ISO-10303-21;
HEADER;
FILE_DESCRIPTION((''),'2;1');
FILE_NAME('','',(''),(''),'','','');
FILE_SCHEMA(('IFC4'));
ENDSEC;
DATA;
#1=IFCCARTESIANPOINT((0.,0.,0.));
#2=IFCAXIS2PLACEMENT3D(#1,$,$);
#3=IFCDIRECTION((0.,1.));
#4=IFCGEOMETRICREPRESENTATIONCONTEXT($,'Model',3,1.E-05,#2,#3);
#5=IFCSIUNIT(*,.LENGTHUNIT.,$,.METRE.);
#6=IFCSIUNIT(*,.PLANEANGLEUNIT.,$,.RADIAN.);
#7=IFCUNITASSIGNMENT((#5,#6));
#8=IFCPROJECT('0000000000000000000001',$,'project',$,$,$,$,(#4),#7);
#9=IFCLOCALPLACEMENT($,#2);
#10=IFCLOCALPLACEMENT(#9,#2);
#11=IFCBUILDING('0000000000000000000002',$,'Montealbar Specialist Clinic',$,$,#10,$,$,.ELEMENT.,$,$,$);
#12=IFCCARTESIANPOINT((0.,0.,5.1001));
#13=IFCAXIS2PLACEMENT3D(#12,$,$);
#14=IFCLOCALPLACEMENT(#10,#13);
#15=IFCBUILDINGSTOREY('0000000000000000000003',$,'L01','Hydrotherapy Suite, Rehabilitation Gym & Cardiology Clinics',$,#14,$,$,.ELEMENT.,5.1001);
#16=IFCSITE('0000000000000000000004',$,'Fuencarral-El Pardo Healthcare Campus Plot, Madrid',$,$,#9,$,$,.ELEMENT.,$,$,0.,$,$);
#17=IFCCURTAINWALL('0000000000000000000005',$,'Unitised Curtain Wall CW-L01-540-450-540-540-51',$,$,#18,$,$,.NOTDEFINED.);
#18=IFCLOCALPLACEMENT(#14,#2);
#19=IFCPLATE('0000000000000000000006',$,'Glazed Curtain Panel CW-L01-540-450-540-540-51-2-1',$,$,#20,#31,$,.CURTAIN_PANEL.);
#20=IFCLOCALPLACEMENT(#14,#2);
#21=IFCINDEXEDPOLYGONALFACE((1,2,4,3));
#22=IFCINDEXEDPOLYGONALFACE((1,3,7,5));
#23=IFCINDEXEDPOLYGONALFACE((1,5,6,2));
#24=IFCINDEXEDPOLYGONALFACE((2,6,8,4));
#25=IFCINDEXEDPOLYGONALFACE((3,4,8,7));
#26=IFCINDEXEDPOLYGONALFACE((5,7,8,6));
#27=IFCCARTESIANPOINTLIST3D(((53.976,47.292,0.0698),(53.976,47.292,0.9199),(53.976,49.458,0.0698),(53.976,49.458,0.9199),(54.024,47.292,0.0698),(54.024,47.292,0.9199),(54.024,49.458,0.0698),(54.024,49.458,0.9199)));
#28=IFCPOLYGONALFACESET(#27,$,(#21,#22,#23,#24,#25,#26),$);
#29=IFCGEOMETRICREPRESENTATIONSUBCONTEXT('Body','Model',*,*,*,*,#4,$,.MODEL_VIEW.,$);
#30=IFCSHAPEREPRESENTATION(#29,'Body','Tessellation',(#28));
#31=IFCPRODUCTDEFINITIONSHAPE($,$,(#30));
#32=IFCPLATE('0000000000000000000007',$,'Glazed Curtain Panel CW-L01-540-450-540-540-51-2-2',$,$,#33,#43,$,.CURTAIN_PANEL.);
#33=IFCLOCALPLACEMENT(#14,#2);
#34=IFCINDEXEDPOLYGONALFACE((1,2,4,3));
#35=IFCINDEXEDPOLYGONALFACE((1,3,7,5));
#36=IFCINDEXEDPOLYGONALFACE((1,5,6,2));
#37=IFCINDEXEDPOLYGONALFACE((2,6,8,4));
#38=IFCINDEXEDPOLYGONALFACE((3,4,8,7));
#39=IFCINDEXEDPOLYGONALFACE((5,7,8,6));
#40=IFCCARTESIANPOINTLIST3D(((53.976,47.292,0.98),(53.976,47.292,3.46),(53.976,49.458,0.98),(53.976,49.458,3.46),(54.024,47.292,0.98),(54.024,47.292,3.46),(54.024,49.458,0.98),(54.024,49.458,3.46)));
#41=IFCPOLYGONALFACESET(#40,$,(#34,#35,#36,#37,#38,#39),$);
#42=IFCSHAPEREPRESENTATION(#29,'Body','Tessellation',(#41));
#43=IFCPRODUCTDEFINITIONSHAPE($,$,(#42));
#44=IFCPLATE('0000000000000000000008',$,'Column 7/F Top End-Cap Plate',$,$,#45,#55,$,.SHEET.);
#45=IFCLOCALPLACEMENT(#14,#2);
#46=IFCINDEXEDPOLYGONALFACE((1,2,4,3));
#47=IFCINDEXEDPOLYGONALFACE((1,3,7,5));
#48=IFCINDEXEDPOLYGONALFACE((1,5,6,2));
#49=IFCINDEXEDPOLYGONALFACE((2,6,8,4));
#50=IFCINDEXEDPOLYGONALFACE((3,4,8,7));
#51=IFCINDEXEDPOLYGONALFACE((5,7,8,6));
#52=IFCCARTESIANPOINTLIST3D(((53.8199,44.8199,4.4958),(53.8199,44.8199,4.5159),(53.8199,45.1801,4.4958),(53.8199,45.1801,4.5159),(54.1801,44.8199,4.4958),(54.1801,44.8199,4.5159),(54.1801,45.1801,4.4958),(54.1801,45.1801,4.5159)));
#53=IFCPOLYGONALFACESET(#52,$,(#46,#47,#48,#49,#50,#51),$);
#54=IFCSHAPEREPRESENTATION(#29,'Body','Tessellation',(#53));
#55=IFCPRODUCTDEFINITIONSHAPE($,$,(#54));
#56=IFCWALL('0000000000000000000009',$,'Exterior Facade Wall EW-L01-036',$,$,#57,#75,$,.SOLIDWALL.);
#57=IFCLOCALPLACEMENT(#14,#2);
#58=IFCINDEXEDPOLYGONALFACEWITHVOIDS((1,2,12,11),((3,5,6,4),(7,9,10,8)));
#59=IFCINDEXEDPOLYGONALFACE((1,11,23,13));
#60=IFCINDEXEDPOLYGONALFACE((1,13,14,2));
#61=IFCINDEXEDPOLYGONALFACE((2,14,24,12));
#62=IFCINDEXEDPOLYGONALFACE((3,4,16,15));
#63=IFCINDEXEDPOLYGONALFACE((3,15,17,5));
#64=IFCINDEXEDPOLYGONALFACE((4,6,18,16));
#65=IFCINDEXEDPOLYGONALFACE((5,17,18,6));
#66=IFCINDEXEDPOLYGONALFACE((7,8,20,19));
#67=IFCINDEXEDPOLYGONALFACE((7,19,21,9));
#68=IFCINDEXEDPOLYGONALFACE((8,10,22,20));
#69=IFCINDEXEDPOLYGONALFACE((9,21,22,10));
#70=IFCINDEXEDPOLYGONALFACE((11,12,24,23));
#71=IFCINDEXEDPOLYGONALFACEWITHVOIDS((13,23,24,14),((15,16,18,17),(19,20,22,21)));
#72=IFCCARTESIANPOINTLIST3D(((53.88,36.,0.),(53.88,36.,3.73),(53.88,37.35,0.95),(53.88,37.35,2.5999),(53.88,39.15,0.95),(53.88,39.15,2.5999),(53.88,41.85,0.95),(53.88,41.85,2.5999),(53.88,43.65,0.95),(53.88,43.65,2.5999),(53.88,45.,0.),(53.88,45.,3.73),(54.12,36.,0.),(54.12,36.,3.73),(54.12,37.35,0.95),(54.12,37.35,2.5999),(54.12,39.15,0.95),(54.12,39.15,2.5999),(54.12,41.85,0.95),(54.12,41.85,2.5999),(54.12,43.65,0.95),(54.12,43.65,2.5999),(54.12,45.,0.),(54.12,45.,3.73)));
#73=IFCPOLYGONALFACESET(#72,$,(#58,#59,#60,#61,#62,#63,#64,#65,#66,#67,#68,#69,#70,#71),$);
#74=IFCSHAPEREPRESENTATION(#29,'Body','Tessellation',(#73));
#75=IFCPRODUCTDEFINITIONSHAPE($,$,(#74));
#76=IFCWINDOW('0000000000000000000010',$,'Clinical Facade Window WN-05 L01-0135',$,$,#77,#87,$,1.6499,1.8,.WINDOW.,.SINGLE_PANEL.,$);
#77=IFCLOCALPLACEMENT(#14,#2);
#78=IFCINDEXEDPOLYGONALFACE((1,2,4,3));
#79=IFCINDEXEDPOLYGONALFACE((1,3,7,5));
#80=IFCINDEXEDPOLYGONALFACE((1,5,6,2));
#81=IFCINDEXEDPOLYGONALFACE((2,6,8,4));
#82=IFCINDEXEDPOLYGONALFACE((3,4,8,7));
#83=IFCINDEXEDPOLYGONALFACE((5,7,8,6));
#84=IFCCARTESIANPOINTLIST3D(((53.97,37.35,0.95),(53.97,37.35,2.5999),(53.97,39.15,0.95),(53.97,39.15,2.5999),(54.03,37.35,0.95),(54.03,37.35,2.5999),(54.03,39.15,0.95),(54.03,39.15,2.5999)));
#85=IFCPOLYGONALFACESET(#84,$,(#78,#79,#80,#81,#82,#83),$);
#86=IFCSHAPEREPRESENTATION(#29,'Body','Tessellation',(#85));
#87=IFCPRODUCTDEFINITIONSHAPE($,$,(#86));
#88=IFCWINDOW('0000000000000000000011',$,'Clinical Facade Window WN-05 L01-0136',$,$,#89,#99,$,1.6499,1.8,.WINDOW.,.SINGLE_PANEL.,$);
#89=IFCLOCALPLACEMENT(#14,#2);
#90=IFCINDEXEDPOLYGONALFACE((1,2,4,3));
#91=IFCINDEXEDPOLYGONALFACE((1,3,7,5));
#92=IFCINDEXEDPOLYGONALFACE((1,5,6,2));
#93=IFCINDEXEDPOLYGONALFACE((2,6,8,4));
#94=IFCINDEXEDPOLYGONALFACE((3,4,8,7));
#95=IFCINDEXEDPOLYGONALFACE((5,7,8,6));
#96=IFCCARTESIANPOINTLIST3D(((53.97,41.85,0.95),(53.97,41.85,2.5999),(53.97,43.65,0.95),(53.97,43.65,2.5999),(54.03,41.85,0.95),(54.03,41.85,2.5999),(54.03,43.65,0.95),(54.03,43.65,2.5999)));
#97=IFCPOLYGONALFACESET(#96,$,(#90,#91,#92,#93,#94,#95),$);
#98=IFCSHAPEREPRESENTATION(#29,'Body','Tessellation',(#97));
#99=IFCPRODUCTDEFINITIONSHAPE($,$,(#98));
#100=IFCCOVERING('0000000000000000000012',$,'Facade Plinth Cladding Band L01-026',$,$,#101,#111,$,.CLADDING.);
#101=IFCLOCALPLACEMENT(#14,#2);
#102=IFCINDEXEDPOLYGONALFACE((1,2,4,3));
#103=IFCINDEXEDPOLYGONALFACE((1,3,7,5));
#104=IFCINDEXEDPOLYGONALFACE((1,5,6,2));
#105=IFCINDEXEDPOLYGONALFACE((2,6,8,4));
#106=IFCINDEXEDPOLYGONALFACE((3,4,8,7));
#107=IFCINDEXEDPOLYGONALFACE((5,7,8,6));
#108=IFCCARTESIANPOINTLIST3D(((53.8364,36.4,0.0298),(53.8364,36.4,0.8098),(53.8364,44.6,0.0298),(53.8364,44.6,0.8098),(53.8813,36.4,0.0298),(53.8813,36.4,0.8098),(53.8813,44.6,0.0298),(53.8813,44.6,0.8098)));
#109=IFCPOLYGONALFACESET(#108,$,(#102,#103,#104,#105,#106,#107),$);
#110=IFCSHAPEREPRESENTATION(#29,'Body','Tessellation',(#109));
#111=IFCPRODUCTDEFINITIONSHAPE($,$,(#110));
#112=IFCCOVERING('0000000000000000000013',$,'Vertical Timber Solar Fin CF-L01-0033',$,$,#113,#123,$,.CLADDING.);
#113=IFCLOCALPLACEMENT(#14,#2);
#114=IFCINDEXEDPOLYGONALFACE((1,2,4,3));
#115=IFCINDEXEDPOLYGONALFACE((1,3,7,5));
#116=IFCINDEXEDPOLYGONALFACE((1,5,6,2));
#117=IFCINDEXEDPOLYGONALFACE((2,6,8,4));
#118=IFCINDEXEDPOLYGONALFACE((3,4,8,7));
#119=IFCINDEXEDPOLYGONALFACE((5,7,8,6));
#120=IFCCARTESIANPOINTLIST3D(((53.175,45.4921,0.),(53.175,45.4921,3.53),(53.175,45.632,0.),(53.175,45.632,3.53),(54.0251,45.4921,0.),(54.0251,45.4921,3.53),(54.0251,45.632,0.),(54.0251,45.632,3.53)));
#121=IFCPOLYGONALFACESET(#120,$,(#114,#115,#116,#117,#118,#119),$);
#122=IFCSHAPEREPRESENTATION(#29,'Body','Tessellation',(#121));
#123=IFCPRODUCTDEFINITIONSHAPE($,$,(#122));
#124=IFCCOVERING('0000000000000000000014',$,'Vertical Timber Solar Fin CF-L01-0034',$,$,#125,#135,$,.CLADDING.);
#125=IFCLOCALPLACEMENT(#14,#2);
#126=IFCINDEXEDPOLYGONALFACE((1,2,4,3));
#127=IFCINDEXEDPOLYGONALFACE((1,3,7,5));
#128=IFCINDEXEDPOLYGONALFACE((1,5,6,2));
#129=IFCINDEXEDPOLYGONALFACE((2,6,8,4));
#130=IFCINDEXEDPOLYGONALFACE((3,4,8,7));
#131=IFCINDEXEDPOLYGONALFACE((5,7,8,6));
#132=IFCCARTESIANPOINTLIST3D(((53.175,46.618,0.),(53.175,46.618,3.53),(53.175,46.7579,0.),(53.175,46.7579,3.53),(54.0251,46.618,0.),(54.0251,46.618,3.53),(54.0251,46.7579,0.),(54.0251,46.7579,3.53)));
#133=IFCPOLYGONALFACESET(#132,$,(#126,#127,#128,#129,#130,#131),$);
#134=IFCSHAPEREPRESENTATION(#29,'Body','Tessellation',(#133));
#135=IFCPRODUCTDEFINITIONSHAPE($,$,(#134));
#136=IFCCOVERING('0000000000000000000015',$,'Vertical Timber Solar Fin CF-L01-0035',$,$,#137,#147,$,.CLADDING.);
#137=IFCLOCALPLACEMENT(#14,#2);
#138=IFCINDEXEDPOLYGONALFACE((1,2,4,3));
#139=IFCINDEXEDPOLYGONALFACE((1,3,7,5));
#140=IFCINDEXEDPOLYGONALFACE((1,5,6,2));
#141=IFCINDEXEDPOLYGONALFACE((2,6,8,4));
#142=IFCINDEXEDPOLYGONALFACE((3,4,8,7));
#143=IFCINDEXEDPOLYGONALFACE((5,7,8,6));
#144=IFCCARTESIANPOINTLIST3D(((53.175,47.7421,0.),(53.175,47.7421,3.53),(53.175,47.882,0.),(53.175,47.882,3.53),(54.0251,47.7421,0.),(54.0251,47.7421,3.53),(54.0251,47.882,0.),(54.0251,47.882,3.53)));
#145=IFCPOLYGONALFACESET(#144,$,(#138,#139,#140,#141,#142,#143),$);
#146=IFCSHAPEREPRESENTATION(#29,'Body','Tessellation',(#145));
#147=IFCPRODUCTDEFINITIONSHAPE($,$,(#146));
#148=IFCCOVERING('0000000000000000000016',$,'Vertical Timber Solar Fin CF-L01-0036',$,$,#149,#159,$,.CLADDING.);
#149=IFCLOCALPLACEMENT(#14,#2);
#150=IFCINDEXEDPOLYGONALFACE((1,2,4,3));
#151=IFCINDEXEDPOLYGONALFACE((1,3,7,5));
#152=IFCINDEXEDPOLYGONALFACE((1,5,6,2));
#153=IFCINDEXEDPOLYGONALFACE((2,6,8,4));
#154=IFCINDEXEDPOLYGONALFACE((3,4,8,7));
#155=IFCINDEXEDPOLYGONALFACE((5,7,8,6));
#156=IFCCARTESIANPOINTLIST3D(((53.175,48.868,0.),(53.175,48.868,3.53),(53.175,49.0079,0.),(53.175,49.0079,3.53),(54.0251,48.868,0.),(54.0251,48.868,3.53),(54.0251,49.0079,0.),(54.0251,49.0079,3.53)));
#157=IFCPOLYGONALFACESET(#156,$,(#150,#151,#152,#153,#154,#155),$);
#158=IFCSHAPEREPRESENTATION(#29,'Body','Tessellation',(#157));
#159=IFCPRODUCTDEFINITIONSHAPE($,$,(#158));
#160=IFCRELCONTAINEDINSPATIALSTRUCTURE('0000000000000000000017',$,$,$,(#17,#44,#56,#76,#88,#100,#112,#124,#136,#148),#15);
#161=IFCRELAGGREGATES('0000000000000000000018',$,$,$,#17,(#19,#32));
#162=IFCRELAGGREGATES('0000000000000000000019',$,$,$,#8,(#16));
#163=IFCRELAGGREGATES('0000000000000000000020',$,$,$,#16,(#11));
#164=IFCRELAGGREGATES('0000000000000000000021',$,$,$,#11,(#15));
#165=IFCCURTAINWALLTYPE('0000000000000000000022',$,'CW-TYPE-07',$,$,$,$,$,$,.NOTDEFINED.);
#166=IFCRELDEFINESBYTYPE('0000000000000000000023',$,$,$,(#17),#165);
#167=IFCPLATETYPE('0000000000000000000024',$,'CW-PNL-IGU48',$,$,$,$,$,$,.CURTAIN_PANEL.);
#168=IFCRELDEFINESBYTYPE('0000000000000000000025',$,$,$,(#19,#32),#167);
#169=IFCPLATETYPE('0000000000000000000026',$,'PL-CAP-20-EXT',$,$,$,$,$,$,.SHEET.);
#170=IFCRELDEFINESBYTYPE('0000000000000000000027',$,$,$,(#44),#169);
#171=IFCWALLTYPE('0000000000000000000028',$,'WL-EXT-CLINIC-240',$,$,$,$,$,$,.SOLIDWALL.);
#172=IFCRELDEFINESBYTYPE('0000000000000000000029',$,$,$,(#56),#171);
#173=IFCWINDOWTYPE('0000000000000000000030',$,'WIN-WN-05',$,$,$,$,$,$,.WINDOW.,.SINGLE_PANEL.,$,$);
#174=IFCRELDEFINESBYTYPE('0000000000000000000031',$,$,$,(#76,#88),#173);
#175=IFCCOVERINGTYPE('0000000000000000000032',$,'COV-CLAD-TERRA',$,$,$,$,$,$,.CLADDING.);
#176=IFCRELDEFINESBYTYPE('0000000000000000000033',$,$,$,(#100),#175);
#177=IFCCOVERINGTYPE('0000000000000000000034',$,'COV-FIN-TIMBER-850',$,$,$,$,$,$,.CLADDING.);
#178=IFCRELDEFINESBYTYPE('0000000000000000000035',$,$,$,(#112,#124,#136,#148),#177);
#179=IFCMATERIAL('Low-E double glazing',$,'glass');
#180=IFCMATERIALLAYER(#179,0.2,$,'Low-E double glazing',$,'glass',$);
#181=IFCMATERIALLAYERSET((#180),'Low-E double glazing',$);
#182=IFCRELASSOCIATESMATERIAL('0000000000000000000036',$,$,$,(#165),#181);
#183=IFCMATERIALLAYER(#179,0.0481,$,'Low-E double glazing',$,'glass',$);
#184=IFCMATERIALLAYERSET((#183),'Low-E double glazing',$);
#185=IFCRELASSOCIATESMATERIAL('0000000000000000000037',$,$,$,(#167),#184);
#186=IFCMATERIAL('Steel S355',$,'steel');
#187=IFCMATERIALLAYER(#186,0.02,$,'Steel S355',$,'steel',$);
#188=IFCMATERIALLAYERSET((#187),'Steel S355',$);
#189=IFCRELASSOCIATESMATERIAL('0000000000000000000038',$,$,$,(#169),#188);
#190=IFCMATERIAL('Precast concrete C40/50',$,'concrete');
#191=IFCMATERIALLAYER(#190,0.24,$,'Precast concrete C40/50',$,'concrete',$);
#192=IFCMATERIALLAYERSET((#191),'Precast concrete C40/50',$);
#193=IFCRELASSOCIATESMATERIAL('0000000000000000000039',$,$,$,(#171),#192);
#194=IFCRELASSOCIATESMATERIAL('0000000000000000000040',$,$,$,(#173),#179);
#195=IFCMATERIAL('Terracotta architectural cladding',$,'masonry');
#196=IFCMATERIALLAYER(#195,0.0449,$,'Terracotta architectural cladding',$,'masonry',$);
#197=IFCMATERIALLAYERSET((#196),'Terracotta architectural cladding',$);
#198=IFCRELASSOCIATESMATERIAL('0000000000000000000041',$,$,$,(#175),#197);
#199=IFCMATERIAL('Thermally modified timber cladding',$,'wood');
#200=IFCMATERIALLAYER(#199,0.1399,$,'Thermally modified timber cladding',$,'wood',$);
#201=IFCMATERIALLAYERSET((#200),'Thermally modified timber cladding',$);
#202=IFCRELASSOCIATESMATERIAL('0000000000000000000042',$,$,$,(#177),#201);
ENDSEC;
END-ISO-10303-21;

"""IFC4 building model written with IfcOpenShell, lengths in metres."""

from ifc_helpers import new_model, si_unit, direction, frame, frame_2d, origin, origin_2d, place, context, subcontext, project, spatial, rectangle, extrude, material, layer, layer_set, type_object, element, fill, aggregate, save


model = new_model("IFC4")

# Units and contexts
model_context = context("Model", 3, precision=1e-05, world=origin(), true_north=direction((0.0, 1.0)))
body_context = subcontext(model_context, "Body", "Model", "MODEL_VIEW")
ifc_project = project(units=[si_unit("LENGTHUNIT", "METRE"), si_unit("PLANEANGLEUNIT", "RADIAN")], contexts=[model_context])

# Site, building, storey
site_placement = place(None, origin())
site = spatial("IfcSite", under=ifc_project, at=site_placement, Name="Fuencarral-El Pardo Healthcare Campus Plot, Madrid", CompositionType="ELEMENT", RefElevation=0.0)
building_placement = place(site_placement, origin())
building = spatial("IfcBuilding", under=site, at=building_placement, Name="Montealbar Specialist Clinic", CompositionType="ELEMENT")
storey_placement = place(building_placement, frame((0.0, 0.0, 5.1001)))
storey = spatial("IfcBuildingStorey", under=building, at=storey_placement, Name="L01", Description="Hydrotherapy Suite, Rehabilitation Gym & Cardiology Clinics", CompositionType="ELEMENT", Elevation=5.1001)

# Shared definitions
ifc_material_1 = material(Name="Steel S355", Category="steel")

# Curtain wall, plates
ifc_material_2 = material(Name="Low-E double glazing", Category="glass")
ifc_layer_1 = layer(ifc_material_2, 0.2, Name="Low-E double glazing", Category="glass")
ifc_layer_set_1 = layer_set([ifc_layer_1], Name="Low-E double glazing")
curtain_wall_type = type_object("IfcCurtainWallType", Name="CW-TYPE-07", PredefinedType="NOTDEFINED", material=ifc_layer_set_1)
curtain_wall_placement = place(storey_placement, origin())
curtain_wall = element("IfcCurtainWall", 1, at=curtain_wall_placement, inside=storey, type_object=curtain_wall_type, Name="Unitised Curtain Wall CW-L01-540-450-540-540-51", PredefinedType="NOTDEFINED")
ifc_layer_2 = layer(ifc_material_2, 0.0481, Name="Low-E double glazing", Category="glass")
ifc_layer_set_2 = layer_set([ifc_layer_2], Name="Low-E double glazing")
plate_type_1 = type_object("IfcPlateType", Name="CW-PNL-IGU48", PredefinedType="CURTAIN_PANEL", material=ifc_layer_set_2)
plate_1_placement = place(storey_placement, frame((54.0, 48.375, 0.0698), z_axis=(0.0, 0.0, 1.0), x_axis=(0.0, 1.0, 0.0)))
plate_1 = element("IfcPlate", 2, at=plate_1_placement, type_object=plate_type_1, Name="Glazed Curtain Panel CW-L01-540-450-540-540-51-2-1", PredefinedType="CURTAIN_PANEL", context=body_context, shape_type="SweptSolid", body=[
    extrude(rectangle(XDim=2.166, YDim=0.0481, at=origin_2d()), origin(), (0.0, 0.0, 1.0), 0.8501),
])
plate_2_placement = place(storey_placement, frame((54.0, 48.375, 0.98), z_axis=(0.0, 0.0, 1.0), x_axis=(0.0, 1.0, 0.0)))
plate_2 = element("IfcPlate", 3, at=plate_2_placement, type_object=plate_type_1, Name="Glazed Curtain Panel CW-L01-540-450-540-540-51-2-2", PredefinedType="CURTAIN_PANEL", context=body_context, shape_type="SweptSolid", body=[
    extrude(rectangle(XDim=2.166, YDim=0.0481, at=origin_2d()), origin(), (0.0, 0.0, 1.0), 2.48),
])
aggregate(curtain_wall, [plate_1, plate_2])

# Plate
ifc_layer_3 = layer(ifc_material_1, 0.02, Name="Steel S355", Category="steel")
ifc_layer_set_3 = layer_set([ifc_layer_3], Name="Steel S355")
plate_type_2 = type_object("IfcPlateType", Name="PL-CAP-20-EXT", PredefinedType="SHEET", material=ifc_layer_set_3)
plate_3_placement = place(storey_placement, frame((54.0, 45.0, 4.4958), z_axis=(0.0, 0.0, 1.0), x_axis=(1.0, 0.0, 0.0)))
element("IfcPlate", 4, at=plate_3_placement, inside=storey, type_object=plate_type_2, Name="Column 7/F Top End-Cap Plate", PredefinedType="SHEET", context=body_context, shape_type="SweptSolid", body=[
    extrude(rectangle(XDim=0.3601, YDim=0.3601, at=origin_2d()), origin(), (0.0, 0.0, 1.0), 0.02),
])

# Wall, openings, windows
ifc_material_3 = material(Name="Precast concrete C40/50", Category="concrete")
ifc_layer_4 = layer(ifc_material_3, 0.24, Name="Precast concrete C40/50", Category="concrete")
ifc_layer_set_4 = layer_set([ifc_layer_4], Name="Precast concrete C40/50")
wall_type = type_object("IfcWallType", Name="WL-EXT-CLINIC-240", PredefinedType="SOLIDWALL", material=ifc_layer_set_4)
wall_placement = place(storey_placement, frame((54.0, 36.0, 0.0), z_axis=(0.0, 0.0, 1.0), x_axis=(0.0, 1.0, 0.0)))
wall = element("IfcWall", 5, at=wall_placement, inside=storey, type_object=wall_type, Name="Exterior Facade Wall EW-L01-036", PredefinedType="SOLIDWALL", context=body_context, shape_type="SweptSolid", body=[
    extrude(rectangle(XDim=9.0, YDim=0.24, at=frame_2d((4.5, 0.0))), origin(), (0.0, 0.0, 1.0), 3.73),
])
opening_1_placement = place(wall_placement, frame((1.3501, 0.0, 0.95)))
opening_1 = element("IfcOpeningElement", 6, at=opening_1_placement, cuts=wall, PredefinedType="OPENING", context=body_context, shape_type="SweptSolid", body=[
    extrude(rectangle(XDim=1.8, YDim=1.6499, at=frame_2d((0.8999, 0.825))), frame((0.0, 0.1299, 0.0), z_axis=(0.0, -1.0, 0.0), x_axis=(1.0, 0.0, 0.0)), (0.0, 0.0, 1.0), 0.26),
])
opening_2_placement = place(wall_placement, frame((5.8501, 0.0, 0.95)))
opening_2 = element("IfcOpeningElement", 7, at=opening_2_placement, cuts=wall, PredefinedType="OPENING", context=body_context, shape_type="SweptSolid", body=[
    extrude(rectangle(XDim=1.8, YDim=1.6499, at=frame_2d((0.8999, 0.825))), frame((0.0, 0.1299, 0.0), z_axis=(0.0, -1.0, 0.0), x_axis=(1.0, 0.0, 0.0)), (0.0, 0.0, 1.0), 0.26),
])
window_type = type_object("IfcWindowType", Name="WIN-WN-05", PartitioningType="SINGLE_PANEL", PredefinedType="WINDOW", material=ifc_material_2)
window_1_placement = place(opening_1_placement, origin())
window_1 = element("IfcWindow", 8, at=window_1_placement, inside=storey, type_object=window_type, Name="Clinical Facade Window WN-05 L01-0135", OverallHeight=1.6499, OverallWidth=1.8, PartitioningType="SINGLE_PANEL", PredefinedType="WINDOW", context=body_context, shape_type="SweptSolid", body=[
    extrude(rectangle(XDim=1.8, YDim=1.6499, at=frame_2d((0.8999, 0.825))), frame((0.0, 0.03, 0.0), z_axis=(0.0, -1.0, 0.0), x_axis=(1.0, 0.0, 0.0)), (0.0, 0.0, 1.0), 0.0601),
])
fill(opening_1, window_1)
window_2_placement = place(opening_2_placement, origin())
window_2 = element("IfcWindow", 9, at=window_2_placement, inside=storey, type_object=window_type, Name="Clinical Facade Window WN-05 L01-0136", OverallHeight=1.6499, OverallWidth=1.8, PartitioningType="SINGLE_PANEL", PredefinedType="WINDOW", context=body_context, shape_type="SweptSolid", body=[
    extrude(rectangle(XDim=1.8, YDim=1.6499, at=frame_2d((0.8999, 0.825))), frame((0.0, 0.03, 0.0), z_axis=(0.0, -1.0, 0.0), x_axis=(1.0, 0.0, 0.0)), (0.0, 0.0, 1.0), 0.0601),
])
fill(opening_2, window_2)

# Coverings
ifc_material_4 = material(Name="Terracotta architectural cladding", Category="masonry")
ifc_layer_5 = layer(ifc_material_4, 0.0449, Name="Terracotta architectural cladding", Category="masonry")
ifc_layer_set_5 = layer_set([ifc_layer_5], Name="Terracotta architectural cladding")
covering_type_1 = type_object("IfcCoveringType", Name="COV-CLAD-TERRA", PredefinedType="CLADDING", material=ifc_layer_set_5)
covering_placement = place(storey_placement, frame((53.8589, 40.5, 0.0298), z_axis=(0.0, 0.0, 1.0), x_axis=(0.0, 1.0, 0.0)))
element("IfcCovering", 10, at=covering_placement, inside=storey, type_object=covering_type_1, Name="Facade Plinth Cladding Band L01-026", PredefinedType="CLADDING", context=body_context, shape_type="SweptSolid", body=[
    extrude(rectangle(XDim=8.2, YDim=0.0449, at=origin_2d()), origin(), (0.0, 0.0, 1.0), 0.78),
])
ifc_material_5 = material(Name="Thermally modified timber cladding", Category="wood")
ifc_layer_6 = layer(ifc_material_5, 0.1399, Name="Thermally modified timber cladding", Category="wood")
ifc_layer_set_6 = layer_set([ifc_layer_6], Name="Thermally modified timber cladding")
covering_type_2 = type_object("IfcCoveringType", Name="COV-FIN-TIMBER-850", PredefinedType="CLADDING", material=ifc_layer_set_6)
for number, where, z_axis, x_axis, name in (
    (11, (53.6001, 45.562, 0.0), (0.0, 0.0, 1.0), (-1.0, 0.0, 0.0), "Vertical Timber Solar Fin CF-L01-0033"),
    (12, (53.6001, 46.688, 0.0), (0.0, 0.0, 1.0), (-1.0, 0.0, 0.0), "Vertical Timber Solar Fin CF-L01-0034"),
    (13, (53.6001, 47.812, 0.0), (0.0, 0.0, 1.0), (-1.0, 0.0, 0.0), "Vertical Timber Solar Fin CF-L01-0035"),
    (14, (53.6001, 48.938, 0.0), (0.0, 0.0, 1.0), (-1.0, 0.0, 0.0), "Vertical Timber Solar Fin CF-L01-0036"),
):
    element("IfcCovering", number, at=place(storey_placement, frame(where, z_axis=z_axis, x_axis=x_axis)), inside=storey, type_object=covering_type_2, Name=name, PredefinedType="CLADDING", context=body_context, shape_type="SweptSolid", body=[
        extrude(rectangle(XDim=0.8501, YDim=0.1399, at=origin_2d()), origin(), (0.0, 0.0, 1.0), 3.53),
    ])

save(model, "model.ifc")
